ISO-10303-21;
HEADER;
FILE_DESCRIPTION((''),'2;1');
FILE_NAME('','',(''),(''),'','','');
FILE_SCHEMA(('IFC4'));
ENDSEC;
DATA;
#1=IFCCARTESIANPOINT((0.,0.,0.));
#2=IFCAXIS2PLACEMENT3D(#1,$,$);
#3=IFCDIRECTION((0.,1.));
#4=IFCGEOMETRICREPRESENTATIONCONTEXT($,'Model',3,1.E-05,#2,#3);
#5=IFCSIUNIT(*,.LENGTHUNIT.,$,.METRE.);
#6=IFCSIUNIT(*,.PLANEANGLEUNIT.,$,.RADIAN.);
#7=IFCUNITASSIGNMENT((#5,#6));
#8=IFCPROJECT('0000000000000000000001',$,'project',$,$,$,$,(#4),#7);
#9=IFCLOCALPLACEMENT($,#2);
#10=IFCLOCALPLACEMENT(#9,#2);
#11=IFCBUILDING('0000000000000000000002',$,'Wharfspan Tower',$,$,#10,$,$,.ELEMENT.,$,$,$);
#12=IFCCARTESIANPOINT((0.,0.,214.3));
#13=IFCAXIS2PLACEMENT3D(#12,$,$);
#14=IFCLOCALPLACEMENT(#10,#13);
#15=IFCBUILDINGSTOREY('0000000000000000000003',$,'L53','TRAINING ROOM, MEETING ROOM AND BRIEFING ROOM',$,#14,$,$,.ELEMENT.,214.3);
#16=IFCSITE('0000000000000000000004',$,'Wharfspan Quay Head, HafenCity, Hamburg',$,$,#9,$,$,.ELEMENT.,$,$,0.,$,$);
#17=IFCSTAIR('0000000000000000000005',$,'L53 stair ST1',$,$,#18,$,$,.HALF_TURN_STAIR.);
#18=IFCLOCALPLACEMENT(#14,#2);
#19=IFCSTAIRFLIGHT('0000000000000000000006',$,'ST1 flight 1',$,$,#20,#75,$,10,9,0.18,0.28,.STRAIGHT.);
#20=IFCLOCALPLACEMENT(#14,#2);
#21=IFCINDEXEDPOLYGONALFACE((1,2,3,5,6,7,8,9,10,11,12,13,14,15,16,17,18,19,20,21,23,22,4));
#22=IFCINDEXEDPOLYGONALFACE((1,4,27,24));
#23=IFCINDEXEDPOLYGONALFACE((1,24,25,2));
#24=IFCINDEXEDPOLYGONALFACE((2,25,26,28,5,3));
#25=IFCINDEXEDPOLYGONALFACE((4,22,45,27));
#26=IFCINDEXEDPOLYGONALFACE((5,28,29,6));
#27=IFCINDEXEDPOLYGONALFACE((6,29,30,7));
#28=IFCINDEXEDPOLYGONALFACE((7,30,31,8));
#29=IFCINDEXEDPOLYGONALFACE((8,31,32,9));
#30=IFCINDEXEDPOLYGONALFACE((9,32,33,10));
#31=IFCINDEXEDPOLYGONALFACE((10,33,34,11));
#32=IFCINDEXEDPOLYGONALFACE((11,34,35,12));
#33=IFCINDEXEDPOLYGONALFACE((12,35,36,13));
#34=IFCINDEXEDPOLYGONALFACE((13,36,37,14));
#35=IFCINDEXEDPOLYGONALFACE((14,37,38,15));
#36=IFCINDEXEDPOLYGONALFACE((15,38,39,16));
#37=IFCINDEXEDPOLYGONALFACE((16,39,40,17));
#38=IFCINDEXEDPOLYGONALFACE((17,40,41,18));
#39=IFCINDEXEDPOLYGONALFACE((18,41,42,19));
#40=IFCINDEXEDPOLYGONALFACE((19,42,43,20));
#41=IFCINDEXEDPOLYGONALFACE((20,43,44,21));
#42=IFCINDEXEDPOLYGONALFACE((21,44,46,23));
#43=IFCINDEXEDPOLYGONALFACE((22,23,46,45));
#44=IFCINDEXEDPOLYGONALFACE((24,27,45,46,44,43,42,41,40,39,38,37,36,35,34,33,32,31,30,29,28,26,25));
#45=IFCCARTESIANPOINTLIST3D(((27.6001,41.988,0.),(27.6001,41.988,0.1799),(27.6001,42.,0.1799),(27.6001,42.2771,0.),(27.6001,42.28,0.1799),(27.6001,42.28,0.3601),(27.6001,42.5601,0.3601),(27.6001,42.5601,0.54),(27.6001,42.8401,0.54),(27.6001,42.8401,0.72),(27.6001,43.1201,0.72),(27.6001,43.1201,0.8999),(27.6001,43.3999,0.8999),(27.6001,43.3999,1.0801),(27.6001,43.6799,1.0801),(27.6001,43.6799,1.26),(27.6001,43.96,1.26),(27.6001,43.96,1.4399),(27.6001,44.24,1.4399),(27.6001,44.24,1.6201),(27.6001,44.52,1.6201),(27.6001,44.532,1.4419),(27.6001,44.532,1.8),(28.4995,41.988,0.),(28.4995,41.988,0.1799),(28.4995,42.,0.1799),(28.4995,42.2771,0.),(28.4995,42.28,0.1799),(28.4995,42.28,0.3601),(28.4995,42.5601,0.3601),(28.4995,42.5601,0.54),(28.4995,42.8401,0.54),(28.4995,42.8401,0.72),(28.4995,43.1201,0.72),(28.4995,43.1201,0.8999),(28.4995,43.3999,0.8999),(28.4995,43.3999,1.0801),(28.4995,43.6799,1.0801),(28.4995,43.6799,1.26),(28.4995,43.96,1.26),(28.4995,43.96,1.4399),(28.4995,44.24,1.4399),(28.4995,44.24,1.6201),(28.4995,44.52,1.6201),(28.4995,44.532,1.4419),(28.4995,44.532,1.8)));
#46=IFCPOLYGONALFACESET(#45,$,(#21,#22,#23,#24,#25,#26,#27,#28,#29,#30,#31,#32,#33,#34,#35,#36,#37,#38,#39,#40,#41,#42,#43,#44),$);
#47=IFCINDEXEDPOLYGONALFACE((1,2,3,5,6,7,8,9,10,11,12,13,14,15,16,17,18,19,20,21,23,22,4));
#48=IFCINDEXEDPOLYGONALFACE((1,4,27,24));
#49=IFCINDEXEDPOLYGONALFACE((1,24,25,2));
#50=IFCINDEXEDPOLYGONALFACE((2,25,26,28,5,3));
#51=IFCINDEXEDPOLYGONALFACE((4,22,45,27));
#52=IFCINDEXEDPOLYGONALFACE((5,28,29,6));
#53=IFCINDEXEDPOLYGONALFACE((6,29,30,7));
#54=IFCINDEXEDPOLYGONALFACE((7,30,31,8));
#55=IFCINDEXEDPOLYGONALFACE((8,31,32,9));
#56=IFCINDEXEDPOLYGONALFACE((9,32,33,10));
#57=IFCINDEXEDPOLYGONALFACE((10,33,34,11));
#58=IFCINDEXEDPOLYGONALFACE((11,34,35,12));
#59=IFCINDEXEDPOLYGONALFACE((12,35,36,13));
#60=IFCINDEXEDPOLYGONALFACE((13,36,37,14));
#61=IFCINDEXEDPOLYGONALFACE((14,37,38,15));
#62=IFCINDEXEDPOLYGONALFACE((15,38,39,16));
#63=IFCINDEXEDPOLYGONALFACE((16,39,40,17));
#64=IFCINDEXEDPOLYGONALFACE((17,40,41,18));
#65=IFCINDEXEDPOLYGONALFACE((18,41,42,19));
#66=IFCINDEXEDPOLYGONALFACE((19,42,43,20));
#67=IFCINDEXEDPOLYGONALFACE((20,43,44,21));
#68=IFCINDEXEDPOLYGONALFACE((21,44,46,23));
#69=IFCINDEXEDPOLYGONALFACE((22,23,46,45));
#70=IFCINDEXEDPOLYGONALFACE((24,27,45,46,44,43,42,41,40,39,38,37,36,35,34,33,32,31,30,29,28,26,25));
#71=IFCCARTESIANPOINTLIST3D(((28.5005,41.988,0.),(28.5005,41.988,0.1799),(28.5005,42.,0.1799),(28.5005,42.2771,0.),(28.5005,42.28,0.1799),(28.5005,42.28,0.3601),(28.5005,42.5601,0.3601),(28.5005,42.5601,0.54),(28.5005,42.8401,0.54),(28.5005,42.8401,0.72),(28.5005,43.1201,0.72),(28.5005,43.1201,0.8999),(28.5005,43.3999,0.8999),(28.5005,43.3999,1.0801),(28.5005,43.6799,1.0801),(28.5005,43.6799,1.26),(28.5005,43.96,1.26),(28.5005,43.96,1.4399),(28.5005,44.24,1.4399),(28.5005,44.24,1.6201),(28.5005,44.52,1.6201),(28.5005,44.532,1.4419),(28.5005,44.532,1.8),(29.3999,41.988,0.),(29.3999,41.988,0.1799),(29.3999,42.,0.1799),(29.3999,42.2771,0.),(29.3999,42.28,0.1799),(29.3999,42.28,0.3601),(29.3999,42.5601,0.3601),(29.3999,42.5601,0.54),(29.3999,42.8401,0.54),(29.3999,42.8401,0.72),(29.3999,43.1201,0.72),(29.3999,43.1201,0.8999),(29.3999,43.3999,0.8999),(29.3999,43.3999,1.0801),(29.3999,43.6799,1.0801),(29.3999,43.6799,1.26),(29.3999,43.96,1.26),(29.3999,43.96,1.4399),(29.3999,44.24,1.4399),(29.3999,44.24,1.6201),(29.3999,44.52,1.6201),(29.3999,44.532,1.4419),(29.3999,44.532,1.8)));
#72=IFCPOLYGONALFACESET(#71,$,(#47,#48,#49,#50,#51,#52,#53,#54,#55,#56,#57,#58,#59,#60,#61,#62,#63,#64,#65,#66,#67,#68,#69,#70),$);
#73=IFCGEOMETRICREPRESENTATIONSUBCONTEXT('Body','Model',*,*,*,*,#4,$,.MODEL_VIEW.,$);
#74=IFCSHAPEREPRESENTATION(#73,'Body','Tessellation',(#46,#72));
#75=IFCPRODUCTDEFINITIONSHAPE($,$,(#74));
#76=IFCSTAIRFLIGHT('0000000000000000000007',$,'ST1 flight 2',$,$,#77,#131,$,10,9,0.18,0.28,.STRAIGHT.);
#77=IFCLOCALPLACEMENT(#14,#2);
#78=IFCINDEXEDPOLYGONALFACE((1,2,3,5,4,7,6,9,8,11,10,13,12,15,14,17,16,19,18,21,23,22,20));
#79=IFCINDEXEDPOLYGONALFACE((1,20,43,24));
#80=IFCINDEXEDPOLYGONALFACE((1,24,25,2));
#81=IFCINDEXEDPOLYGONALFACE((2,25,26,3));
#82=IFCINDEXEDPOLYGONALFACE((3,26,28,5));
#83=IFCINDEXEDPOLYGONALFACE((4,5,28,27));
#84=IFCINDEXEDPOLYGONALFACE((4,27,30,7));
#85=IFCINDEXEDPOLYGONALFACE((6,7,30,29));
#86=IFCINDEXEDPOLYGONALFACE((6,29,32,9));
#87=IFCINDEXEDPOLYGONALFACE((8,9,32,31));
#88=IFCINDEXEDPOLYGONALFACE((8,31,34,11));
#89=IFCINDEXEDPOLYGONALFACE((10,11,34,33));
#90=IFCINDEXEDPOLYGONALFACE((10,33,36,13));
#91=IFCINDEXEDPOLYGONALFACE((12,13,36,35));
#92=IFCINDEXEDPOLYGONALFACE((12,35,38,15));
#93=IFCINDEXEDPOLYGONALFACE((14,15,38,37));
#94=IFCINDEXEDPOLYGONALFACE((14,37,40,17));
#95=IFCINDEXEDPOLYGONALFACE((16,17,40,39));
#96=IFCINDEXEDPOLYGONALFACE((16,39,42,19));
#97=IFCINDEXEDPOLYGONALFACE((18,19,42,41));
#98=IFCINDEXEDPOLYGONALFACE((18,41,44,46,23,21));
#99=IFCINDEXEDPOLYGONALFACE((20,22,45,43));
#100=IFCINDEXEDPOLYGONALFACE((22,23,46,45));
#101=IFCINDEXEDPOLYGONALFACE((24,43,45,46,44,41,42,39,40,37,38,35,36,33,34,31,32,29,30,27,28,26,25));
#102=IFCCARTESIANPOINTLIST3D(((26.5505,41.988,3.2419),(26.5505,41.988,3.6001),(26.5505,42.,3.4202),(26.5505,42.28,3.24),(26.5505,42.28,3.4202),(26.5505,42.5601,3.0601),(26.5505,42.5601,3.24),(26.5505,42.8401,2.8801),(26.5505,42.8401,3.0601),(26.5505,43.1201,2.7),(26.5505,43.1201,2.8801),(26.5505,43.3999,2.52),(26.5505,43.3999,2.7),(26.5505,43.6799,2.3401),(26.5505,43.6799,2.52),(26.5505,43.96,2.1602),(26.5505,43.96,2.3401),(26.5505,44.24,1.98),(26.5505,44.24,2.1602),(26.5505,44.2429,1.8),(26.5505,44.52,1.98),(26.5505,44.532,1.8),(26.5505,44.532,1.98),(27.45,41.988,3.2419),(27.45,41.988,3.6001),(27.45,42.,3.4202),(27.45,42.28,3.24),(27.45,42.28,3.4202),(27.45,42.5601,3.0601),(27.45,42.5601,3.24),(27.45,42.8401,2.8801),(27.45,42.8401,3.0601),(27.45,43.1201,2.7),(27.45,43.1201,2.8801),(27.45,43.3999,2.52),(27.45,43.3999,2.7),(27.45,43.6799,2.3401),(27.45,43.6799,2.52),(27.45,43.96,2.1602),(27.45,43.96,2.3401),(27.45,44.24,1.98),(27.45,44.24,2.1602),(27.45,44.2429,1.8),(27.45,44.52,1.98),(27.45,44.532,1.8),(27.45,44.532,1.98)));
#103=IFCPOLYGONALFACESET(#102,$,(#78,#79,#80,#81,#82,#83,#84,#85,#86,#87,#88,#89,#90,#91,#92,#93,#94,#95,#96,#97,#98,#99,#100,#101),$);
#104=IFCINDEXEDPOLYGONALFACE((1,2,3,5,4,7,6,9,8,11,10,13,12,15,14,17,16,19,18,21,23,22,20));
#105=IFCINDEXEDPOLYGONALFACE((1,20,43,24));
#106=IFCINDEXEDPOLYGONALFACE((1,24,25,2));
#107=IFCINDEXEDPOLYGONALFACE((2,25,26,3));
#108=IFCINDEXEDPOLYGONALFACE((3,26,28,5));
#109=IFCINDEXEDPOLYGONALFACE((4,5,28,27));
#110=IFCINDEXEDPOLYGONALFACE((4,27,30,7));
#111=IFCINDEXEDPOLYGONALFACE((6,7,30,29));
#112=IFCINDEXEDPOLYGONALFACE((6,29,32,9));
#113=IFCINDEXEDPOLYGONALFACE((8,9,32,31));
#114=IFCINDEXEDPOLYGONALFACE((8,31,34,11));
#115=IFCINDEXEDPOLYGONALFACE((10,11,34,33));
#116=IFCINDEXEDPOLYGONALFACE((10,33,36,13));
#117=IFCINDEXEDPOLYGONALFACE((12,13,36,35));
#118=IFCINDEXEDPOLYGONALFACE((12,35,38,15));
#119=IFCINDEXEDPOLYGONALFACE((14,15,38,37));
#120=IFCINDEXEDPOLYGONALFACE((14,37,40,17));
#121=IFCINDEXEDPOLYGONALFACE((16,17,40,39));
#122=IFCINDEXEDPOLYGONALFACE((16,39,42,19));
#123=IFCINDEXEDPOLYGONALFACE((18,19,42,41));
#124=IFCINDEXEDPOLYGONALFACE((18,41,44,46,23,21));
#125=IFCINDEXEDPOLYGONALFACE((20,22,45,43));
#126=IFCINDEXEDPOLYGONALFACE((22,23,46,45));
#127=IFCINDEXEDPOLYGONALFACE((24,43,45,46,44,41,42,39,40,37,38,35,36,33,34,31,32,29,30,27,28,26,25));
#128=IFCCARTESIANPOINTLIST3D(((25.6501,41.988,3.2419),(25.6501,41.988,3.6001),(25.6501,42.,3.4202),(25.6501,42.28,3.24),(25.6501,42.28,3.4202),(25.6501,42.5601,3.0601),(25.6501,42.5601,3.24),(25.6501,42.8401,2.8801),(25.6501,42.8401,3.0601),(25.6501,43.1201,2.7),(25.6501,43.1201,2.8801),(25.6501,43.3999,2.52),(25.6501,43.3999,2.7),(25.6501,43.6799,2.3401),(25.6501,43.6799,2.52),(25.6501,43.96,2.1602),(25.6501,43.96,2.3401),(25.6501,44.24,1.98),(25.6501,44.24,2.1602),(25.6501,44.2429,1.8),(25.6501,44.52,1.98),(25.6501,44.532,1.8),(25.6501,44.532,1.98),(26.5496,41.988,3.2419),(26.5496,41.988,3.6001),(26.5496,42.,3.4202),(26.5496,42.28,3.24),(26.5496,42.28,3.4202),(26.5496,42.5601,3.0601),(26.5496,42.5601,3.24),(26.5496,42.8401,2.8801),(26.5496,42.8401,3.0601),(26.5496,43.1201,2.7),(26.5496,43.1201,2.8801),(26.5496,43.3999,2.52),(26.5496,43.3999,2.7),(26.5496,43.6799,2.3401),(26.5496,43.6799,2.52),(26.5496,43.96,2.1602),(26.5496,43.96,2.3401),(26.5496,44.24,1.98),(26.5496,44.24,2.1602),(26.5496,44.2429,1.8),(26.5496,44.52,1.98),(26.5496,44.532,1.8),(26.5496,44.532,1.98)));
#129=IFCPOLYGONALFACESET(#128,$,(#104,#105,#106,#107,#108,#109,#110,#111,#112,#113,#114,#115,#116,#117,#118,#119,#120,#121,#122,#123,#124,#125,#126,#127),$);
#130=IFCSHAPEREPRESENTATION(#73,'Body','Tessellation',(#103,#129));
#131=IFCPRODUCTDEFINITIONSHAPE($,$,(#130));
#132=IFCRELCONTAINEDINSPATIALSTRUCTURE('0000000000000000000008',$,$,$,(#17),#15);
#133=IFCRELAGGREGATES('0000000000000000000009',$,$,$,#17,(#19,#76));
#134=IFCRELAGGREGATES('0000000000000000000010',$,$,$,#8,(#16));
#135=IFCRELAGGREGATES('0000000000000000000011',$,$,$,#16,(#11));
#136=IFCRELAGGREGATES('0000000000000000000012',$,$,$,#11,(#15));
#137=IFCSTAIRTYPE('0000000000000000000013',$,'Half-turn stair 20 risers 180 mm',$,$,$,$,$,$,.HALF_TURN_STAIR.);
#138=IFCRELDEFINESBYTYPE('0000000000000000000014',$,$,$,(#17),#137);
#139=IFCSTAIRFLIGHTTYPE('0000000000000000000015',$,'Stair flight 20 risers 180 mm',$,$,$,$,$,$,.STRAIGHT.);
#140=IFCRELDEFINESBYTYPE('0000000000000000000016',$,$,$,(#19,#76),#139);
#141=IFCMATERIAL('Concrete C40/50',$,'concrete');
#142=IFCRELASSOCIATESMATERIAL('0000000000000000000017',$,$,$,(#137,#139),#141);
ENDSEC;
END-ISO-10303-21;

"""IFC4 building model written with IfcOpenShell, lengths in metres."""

from ifc_helpers import new_model, si_unit, direction, frame, origin, place, context, subcontext, project, spatial, polyline, outline, extrude, material, type_object, element, aggregate, save


model = new_model("IFC4")

# Units and contexts
model_context = context("Model", 3, precision=1e-05, world=origin(), true_north=direction((0.0, 1.0)))
body_context = subcontext(model_context, "Body", "Model", "MODEL_VIEW")
ifc_project = project(units=[si_unit("LENGTHUNIT", "METRE"), si_unit("PLANEANGLEUNIT", "RADIAN")], contexts=[model_context])

# Site, building, storey
site_placement = place(None, origin())
site = spatial("IfcSite", under=ifc_project, at=site_placement, Name="Wharfspan Quay Head, HafenCity, Hamburg", CompositionType="ELEMENT", RefElevation=0.0)
building_placement = place(site_placement, origin())
building = spatial("IfcBuilding", under=site, at=building_placement, Name="Wharfspan Tower", CompositionType="ELEMENT")
storey_placement = place(building_placement, frame((0.0, 0.0, 214.3)))
storey = spatial("IfcBuildingStorey", under=building, at=storey_placement, Name="L53", Description="TRAINING ROOM, MEETING ROOM AND BRIEFING ROOM", CompositionType="ELEMENT", Elevation=214.3)

# Shared definitions
ifc_material_1 = material(Name="Concrete C40/50", Category="concrete")

# Stair, stair flights
stair_type = type_object("IfcStairType", Name="Half-turn stair 20 risers 180 mm", PredefinedType="HALF_TURN_STAIR", material=ifc_material_1)
stair_placement = place(storey_placement, origin())
stair = element("IfcStair", 1, at=stair_placement, inside=storey, type_object=stair_type, Name="L53 stair ST1", PredefinedType="HALF_TURN_STAIR")
stair_flight_type = type_object("IfcStairFlightType", Name="Stair flight 20 risers 180 mm", PredefinedType="STRAIGHT", material=ifc_material_1)
stair_flight_1_placement = place(storey_placement, frame((28.5, 42.0, 0.0), z_axis=(0.0, 0.0, 1.0), x_axis=(0.0, 1.0, 0.0)))
stair_flight_1 = element("IfcStairFlight", 2, at=stair_flight_1_placement, type_object=stair_flight_type, Name="ST1 flight 1", NumberOfRisers=10, NumberOfTreads=9, PredefinedType="STRAIGHT", RiserHeight=0.18, TreadLength=0.28, context=body_context, shape_type="SweptSolid", body=[
    extrude(outline(polyline([(-0.012, 0.0), (-0.012, 0.1799), (0.0, 0.1799), (0.28, 0.1799), (0.28, 0.3601), (0.5601, 0.3601), (0.5601, 0.54), (0.8401, 0.54), (0.8401, 0.72), (1.1201, 0.72), (1.1201, 0.8999), (1.3999, 0.8999), (1.3999, 1.0801), (1.6799, 1.0801), (1.6799, 1.26), (1.96, 1.26), (1.96, 1.4399), (2.24, 1.4399), (2.24, 1.6201), (2.52, 1.6201), (2.532, 1.8), (2.532, 1.4419), (0.2771, 0.0), (-0.012, 0.0)])), frame((0.0, 0.8999, 0.0), z_axis=(0.0, -1.0, 0.0), x_axis=(1.0, 0.0, 0.0)), (0.0, 0.0, 1.0), 0.8994),
    extrude(outline(polyline([(-0.012, 0.0), (-0.012, 0.1799), (0.0, 0.1799), (0.28, 0.1799), (0.28, 0.3601), (0.5601, 0.3601), (0.5601, 0.54), (0.8401, 0.54), (0.8401, 0.72), (1.1201, 0.72), (1.1201, 0.8999), (1.3999, 0.8999), (1.3999, 1.0801), (1.6799, 1.0801), (1.6799, 1.26), (1.96, 1.26), (1.96, 1.4399), (2.24, 1.4399), (2.24, 1.6201), (2.52, 1.6201), (2.532, 1.8), (2.532, 1.4419), (0.2771, 0.0), (-0.012, 0.0)])), frame((0.0, -0.0005, 0.0), z_axis=(0.0, -1.0, 0.0), x_axis=(1.0, 0.0, 0.0)), (0.0, 0.0, 1.0), 0.8994),
])
stair_flight_2_placement = place(storey_placement, frame((26.55, 44.52, 1.8), z_axis=(0.0, 0.0, 1.0), x_axis=(0.0, -1.0, 0.0)))
stair_flight_2 = element("IfcStairFlight", 3, at=stair_flight_2_placement, type_object=stair_flight_type, Name="ST1 flight 2", NumberOfRisers=10, NumberOfTreads=9, PredefinedType="STRAIGHT", RiserHeight=0.18, TreadLength=0.28, context=body_context, shape_type="SweptSolid", body=[
    extrude(outline(polyline([(-0.012, 0.0), (-0.012, 0.1799), (0.0, 0.1799), (0.28, 0.1799), (0.28, 0.3601), (0.5601, 0.3601), (0.5601, 0.54), (0.8401, 0.54), (0.8401, 0.72), (1.1201, 0.72), (1.1201, 0.8999), (1.3999, 0.8999), (1.3999, 1.0801), (1.6799, 1.0801), (1.6799, 1.26), (1.96, 1.26), (1.96, 1.4399), (2.24, 1.4399), (2.24, 1.6201), (2.52, 1.6201), (2.532, 1.8), (2.532, 1.4419), (0.2771, 0.0), (-0.012, 0.0)])), frame((0.0, 0.8999, 0.0), z_axis=(0.0, -1.0, 0.0), x_axis=(1.0, 0.0, 0.0)), (0.0, 0.0, 1.0), 0.8994),
    extrude(outline(polyline([(-0.012, 0.0), (-0.012, 0.1799), (0.0, 0.1799), (0.28, 0.1799), (0.28, 0.3601), (0.5601, 0.3601), (0.5601, 0.54), (0.8401, 0.54), (0.8401, 0.72), (1.1201, 0.72), (1.1201, 0.8999), (1.3999, 0.8999), (1.3999, 1.0801), (1.6799, 1.0801), (1.6799, 1.26), (1.96, 1.26), (1.96, 1.4399), (2.24, 1.4399), (2.24, 1.6201), (2.52, 1.6201), (2.532, 1.8), (2.532, 1.4419), (0.2771, 0.0), (-0.012, 0.0)])), frame((0.0, -0.0005, 0.0), z_axis=(0.0, -1.0, 0.0), x_axis=(1.0, 0.0, 0.0)), (0.0, 0.0, 1.0), 0.8994),
])
aggregate(stair, [stair_flight_1, stair_flight_2])

save(model, "model.ifc")
